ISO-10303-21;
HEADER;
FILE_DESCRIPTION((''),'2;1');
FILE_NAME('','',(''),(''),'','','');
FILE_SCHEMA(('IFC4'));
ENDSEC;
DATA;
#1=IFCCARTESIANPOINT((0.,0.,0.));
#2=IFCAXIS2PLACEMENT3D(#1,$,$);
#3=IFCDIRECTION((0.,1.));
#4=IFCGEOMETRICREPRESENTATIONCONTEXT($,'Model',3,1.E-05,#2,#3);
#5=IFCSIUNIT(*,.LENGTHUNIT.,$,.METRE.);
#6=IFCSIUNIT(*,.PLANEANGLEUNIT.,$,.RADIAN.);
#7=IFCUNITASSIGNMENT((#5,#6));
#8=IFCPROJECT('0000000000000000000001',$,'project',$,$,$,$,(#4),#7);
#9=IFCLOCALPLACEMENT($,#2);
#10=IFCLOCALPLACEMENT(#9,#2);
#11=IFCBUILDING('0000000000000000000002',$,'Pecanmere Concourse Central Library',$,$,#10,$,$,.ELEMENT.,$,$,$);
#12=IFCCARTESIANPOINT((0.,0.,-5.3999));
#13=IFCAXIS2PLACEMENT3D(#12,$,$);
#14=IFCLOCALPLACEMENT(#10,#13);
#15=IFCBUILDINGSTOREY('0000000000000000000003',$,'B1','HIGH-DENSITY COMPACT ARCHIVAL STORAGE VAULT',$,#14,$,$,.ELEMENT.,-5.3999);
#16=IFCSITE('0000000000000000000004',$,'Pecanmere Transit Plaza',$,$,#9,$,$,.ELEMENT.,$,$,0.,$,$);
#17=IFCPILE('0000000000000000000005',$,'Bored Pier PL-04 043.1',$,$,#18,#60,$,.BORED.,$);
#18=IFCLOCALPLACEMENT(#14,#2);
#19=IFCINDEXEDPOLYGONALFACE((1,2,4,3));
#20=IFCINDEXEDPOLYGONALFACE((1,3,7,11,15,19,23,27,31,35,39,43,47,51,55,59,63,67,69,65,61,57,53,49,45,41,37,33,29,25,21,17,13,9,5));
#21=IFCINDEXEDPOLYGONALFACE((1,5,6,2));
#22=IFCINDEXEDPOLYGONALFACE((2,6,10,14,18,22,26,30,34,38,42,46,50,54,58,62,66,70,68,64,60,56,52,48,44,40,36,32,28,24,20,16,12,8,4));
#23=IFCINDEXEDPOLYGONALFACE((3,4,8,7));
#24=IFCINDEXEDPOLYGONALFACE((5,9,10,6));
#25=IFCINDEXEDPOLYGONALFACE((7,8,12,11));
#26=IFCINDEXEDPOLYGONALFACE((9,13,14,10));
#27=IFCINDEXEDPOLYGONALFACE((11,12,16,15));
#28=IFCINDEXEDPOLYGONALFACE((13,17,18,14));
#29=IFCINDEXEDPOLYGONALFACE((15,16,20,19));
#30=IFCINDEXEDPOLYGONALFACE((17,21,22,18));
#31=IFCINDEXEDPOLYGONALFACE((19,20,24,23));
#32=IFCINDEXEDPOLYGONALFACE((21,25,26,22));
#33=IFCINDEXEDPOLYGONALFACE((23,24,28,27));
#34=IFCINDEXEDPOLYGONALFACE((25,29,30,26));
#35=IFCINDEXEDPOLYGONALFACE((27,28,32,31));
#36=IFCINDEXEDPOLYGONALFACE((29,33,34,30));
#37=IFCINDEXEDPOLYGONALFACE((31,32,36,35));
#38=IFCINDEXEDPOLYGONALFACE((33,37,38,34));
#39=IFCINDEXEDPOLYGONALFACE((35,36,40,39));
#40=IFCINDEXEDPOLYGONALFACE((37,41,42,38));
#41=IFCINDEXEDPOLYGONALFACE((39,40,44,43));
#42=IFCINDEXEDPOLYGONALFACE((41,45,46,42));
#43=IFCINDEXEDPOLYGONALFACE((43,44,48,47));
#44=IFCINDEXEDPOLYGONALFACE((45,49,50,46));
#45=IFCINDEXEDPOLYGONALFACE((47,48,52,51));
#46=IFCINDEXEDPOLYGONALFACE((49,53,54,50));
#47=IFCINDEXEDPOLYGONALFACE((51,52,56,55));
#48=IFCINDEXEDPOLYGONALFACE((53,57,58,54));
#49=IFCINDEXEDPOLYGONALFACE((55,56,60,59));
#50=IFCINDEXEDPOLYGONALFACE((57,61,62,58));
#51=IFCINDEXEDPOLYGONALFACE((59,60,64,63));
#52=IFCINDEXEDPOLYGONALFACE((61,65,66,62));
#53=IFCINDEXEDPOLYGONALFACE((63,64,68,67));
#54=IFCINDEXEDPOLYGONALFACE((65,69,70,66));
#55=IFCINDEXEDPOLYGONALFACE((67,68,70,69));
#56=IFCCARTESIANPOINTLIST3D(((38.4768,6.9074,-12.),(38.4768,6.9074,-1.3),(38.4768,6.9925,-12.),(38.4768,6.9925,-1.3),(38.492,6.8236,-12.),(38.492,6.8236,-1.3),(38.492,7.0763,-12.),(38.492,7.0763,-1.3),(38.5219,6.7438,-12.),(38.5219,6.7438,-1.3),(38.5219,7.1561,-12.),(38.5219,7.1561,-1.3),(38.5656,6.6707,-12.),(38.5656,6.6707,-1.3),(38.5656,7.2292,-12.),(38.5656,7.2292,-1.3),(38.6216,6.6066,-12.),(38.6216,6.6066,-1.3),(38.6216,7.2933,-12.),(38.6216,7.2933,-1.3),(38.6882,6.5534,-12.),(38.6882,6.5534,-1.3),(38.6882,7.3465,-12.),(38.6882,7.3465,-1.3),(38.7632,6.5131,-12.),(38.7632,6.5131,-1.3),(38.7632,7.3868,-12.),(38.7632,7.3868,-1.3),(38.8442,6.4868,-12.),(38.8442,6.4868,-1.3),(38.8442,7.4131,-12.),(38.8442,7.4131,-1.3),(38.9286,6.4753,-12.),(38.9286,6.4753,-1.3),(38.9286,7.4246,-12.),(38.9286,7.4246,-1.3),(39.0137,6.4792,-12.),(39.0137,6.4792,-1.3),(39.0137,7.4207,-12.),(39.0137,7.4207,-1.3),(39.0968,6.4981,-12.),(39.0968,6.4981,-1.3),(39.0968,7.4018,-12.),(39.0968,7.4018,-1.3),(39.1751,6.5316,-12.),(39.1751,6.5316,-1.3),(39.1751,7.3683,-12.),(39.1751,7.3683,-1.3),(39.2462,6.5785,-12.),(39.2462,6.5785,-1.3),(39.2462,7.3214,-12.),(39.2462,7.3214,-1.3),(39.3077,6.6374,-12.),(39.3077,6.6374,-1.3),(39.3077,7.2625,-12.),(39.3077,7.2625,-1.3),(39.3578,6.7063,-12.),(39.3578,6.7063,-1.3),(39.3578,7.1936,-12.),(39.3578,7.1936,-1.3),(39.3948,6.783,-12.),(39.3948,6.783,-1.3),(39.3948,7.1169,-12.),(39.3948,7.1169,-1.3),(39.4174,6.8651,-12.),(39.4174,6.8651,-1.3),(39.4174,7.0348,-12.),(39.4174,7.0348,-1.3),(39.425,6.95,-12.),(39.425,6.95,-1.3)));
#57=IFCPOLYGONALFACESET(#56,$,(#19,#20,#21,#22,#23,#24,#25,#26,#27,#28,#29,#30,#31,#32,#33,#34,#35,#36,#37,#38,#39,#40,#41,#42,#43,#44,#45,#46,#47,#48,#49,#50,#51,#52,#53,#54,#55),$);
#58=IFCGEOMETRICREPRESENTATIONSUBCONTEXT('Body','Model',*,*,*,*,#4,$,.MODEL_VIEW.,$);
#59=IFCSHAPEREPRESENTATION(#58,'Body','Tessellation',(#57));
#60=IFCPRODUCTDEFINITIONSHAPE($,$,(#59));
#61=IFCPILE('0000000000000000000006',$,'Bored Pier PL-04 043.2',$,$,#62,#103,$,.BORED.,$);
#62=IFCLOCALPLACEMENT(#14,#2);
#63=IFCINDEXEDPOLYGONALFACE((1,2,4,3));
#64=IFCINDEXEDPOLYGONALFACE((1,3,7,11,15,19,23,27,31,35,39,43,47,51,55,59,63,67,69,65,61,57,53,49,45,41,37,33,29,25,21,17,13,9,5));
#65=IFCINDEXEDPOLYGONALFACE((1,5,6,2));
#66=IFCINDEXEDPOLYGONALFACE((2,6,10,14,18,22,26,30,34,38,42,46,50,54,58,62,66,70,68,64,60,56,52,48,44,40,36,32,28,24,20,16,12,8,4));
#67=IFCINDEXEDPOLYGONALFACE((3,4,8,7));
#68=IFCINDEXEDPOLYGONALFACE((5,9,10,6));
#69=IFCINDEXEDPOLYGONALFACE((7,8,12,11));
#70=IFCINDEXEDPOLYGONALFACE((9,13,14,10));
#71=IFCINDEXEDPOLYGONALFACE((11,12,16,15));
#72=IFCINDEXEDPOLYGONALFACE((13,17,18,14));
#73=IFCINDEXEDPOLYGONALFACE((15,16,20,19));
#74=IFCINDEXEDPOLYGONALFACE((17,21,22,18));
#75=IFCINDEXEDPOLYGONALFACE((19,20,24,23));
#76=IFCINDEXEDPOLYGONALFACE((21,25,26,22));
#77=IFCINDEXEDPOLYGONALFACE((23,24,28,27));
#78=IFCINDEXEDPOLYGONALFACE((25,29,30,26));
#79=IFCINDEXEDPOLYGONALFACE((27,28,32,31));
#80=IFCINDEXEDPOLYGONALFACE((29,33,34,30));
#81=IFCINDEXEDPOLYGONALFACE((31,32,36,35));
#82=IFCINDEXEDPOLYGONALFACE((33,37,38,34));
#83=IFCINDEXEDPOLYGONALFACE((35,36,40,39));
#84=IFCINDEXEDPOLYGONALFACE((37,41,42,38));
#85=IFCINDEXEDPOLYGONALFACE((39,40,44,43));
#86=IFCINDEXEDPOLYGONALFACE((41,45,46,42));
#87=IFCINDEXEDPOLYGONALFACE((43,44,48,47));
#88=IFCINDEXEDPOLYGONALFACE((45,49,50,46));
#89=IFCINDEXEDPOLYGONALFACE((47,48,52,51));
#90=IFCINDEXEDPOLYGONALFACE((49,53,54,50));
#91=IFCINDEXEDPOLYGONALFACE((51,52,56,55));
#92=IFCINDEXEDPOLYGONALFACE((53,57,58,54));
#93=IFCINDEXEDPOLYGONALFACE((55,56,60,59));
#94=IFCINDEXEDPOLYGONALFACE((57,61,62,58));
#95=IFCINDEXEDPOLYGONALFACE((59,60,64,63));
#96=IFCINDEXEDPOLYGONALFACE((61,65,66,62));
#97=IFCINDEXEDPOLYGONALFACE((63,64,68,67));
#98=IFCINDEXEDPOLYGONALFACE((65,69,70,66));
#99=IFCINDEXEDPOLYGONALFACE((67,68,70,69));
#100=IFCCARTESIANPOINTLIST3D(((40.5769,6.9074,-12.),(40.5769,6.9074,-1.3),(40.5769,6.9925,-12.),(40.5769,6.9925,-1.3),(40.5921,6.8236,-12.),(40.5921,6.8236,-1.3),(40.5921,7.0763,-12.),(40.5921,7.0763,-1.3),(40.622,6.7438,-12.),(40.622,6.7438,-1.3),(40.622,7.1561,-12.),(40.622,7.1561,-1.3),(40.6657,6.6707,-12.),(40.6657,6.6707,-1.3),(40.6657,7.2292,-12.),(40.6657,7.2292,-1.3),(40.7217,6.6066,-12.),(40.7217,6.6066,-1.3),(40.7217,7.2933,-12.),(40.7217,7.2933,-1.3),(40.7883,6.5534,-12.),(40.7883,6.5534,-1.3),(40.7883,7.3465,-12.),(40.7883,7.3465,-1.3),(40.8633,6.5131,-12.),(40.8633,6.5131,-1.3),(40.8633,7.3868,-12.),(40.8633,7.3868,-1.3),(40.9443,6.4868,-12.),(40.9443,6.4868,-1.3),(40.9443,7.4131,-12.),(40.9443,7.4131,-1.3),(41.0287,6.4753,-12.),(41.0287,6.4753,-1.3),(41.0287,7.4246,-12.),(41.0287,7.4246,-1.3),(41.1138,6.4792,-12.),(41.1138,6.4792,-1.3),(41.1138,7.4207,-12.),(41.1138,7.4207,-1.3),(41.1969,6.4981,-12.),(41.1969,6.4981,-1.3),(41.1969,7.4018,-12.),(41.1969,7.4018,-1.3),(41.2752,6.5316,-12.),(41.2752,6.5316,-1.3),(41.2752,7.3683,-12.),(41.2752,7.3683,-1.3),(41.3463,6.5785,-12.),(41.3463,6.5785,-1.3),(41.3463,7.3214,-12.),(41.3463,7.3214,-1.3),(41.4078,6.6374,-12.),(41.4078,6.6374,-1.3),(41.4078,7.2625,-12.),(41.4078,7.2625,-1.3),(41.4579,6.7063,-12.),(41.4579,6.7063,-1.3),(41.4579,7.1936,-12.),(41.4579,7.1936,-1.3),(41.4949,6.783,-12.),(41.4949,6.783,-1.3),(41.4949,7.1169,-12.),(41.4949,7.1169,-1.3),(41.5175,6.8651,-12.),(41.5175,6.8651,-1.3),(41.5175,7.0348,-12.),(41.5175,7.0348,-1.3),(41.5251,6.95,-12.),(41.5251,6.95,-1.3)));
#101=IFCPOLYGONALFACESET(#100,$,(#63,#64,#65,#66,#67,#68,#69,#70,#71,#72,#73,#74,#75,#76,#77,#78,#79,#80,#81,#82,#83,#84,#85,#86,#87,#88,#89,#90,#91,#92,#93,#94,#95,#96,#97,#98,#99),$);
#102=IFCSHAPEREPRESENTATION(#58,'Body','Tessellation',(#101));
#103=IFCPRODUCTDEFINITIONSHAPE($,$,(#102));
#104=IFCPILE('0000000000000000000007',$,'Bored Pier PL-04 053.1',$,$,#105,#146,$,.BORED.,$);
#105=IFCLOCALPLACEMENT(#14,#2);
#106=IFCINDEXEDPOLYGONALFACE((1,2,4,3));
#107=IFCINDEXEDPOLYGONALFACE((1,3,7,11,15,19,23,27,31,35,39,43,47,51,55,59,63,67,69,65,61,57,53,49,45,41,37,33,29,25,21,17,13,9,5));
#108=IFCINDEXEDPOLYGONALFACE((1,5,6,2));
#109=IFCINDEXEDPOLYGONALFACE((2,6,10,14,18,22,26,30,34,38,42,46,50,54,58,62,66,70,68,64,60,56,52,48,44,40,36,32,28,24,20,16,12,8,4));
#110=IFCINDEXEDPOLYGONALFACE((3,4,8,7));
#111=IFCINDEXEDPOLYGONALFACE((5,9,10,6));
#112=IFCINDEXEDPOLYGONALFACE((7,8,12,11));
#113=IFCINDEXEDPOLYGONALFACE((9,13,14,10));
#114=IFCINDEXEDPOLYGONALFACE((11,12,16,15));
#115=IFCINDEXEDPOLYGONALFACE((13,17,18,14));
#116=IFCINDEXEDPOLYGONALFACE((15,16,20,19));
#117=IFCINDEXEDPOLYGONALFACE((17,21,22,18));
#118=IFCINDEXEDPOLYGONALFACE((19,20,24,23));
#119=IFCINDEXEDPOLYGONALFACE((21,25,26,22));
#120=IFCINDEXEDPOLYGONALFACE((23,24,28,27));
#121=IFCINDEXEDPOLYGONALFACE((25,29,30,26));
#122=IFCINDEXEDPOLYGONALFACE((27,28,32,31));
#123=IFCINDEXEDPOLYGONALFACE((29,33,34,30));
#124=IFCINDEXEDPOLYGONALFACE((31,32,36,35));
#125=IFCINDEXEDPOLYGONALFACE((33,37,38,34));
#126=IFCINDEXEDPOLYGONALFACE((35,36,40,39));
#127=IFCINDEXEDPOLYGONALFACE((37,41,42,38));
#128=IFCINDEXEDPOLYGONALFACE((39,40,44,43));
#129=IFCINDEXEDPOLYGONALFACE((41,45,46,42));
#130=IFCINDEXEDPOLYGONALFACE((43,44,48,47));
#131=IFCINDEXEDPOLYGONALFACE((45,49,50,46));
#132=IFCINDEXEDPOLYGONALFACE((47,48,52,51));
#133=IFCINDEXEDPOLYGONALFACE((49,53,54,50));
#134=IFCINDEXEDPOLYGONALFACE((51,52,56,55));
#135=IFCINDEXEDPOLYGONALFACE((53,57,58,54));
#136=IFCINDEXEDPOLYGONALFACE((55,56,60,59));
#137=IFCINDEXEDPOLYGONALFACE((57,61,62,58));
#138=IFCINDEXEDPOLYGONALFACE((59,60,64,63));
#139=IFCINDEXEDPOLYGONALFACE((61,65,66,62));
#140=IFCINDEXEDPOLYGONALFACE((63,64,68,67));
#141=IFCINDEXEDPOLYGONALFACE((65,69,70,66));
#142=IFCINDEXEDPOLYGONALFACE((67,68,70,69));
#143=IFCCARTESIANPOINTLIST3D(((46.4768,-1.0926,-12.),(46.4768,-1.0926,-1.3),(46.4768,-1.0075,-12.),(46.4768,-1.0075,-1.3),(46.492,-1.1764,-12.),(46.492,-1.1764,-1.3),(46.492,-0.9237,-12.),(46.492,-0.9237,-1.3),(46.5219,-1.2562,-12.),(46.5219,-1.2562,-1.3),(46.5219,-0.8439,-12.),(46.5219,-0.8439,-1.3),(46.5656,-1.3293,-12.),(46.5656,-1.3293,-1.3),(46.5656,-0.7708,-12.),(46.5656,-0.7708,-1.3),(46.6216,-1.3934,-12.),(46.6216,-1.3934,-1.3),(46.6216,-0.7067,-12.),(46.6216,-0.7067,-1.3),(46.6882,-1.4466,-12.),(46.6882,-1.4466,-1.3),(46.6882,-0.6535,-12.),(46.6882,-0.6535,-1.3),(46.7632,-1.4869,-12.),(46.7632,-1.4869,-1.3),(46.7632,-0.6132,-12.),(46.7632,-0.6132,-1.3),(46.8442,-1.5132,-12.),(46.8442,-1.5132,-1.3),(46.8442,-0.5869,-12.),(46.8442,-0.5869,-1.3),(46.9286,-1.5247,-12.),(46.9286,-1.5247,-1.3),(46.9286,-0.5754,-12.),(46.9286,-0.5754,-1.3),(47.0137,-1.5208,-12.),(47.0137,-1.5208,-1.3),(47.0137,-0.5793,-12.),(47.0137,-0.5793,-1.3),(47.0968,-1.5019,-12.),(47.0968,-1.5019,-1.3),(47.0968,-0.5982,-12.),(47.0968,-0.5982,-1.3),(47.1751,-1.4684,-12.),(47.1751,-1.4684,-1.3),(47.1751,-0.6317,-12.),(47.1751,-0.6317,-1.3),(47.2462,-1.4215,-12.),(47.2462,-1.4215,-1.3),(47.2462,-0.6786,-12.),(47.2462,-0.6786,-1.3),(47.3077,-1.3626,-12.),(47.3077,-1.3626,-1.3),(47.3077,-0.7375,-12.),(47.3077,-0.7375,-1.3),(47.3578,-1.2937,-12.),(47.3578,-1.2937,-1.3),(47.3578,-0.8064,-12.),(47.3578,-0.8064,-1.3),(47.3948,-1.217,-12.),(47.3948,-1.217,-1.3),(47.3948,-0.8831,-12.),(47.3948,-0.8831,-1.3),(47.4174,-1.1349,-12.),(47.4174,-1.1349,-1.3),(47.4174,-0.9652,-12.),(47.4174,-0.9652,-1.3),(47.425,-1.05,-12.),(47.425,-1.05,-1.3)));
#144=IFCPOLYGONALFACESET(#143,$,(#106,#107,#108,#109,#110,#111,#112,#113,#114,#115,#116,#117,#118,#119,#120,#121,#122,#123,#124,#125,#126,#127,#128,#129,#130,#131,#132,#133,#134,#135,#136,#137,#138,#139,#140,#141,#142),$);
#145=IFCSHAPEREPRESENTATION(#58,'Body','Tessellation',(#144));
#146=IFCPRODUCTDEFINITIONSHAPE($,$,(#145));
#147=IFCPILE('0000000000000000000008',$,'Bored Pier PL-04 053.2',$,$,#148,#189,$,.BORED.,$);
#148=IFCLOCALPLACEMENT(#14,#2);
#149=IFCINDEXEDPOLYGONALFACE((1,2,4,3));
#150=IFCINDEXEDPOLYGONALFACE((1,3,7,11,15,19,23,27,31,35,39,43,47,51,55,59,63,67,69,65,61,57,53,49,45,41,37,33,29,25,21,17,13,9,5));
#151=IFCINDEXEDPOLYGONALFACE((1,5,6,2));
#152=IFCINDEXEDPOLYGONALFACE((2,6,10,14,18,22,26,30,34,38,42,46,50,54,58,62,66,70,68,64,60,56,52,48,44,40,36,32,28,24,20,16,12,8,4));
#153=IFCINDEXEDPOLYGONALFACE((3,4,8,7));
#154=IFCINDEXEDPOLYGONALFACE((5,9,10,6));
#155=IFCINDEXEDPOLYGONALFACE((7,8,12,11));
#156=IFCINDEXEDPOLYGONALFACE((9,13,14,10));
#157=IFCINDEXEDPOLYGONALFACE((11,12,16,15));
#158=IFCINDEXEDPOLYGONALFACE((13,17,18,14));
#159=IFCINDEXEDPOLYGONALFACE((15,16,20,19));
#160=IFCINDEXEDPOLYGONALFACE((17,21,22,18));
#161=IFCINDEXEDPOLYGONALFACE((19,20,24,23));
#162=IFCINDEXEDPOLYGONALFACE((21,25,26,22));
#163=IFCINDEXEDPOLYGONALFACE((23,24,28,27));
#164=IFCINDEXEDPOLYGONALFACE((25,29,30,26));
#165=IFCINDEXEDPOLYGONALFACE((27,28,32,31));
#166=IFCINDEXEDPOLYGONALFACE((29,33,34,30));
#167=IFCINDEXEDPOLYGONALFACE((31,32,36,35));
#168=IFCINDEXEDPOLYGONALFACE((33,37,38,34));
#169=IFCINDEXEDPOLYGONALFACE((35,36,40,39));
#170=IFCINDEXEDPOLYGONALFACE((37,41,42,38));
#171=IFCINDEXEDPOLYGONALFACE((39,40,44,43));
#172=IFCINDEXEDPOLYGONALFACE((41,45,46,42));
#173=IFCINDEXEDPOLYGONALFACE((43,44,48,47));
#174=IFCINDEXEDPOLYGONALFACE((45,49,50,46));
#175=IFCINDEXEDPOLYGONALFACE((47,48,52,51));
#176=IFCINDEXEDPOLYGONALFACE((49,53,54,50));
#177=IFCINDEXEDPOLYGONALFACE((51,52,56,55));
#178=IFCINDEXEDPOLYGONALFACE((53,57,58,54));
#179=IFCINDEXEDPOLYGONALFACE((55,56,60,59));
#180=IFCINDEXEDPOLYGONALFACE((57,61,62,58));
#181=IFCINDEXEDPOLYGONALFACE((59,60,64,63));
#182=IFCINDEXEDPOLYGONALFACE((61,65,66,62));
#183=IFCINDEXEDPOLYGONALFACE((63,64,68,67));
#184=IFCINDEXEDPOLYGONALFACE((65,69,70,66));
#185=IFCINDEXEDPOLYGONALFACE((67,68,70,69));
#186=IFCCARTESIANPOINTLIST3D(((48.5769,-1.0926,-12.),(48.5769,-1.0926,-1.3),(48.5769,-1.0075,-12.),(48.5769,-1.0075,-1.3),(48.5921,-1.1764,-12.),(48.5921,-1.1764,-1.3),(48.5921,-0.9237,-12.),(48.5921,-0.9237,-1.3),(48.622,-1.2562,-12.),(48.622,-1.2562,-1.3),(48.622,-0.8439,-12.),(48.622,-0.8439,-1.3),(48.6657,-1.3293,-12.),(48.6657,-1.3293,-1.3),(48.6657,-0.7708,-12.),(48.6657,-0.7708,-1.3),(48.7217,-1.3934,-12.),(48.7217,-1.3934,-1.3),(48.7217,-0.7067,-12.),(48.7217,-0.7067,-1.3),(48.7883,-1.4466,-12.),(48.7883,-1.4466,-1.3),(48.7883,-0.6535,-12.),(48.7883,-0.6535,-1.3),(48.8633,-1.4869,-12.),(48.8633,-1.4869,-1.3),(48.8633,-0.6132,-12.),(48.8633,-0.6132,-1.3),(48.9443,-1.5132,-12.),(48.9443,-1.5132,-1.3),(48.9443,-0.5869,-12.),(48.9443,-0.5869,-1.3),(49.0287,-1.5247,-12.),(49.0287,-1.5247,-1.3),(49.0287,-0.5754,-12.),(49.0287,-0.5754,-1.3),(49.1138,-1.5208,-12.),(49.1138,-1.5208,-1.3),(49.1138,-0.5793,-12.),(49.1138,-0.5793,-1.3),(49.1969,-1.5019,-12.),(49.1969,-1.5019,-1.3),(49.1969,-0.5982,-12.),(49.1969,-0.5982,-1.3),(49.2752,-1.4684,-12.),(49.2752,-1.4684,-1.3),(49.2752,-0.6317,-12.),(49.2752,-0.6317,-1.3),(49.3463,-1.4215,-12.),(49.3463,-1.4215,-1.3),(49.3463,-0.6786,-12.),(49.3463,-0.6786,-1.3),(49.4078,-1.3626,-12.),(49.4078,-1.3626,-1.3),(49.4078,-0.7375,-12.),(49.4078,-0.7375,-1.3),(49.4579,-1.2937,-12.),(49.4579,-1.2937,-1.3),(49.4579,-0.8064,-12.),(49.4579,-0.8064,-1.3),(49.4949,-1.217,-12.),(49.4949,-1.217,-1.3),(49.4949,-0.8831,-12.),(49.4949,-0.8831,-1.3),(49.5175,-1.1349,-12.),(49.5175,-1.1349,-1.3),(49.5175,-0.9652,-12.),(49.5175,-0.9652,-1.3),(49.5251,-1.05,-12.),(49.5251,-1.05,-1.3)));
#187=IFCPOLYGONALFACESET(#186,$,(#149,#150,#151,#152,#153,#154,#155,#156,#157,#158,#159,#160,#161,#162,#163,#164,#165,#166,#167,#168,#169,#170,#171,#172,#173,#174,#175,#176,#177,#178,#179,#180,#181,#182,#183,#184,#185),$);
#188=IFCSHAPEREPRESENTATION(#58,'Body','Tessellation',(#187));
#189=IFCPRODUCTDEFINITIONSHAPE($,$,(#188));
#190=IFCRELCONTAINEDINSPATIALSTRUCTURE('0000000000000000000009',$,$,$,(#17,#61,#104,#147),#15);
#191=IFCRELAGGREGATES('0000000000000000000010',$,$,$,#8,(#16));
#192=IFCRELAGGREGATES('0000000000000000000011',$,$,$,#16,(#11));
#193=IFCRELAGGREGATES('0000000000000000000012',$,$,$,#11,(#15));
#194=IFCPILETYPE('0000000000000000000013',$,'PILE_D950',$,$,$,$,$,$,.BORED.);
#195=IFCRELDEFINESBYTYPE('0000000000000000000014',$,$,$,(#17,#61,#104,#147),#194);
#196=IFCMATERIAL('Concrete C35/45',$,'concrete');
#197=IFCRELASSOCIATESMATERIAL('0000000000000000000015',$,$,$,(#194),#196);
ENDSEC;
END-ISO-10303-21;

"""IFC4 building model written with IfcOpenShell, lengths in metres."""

from ifc_helpers import new_model, si_unit, direction, frame, origin, origin_2d, place, context, subcontext, project, spatial, circle, extrude, material, material_profile, profile_set, type_object, element, save


model = new_model("IFC4")

# Units and contexts
model_context = context("Model", 3, precision=1e-05, world=origin(), true_north=direction((0.0, 1.0)))
body_context = subcontext(model_context, "Body", "Model", "MODEL_VIEW")
ifc_project = project(units=[si_unit("LENGTHUNIT", "METRE"), si_unit("PLANEANGLEUNIT", "RADIAN")], contexts=[model_context])

# Site, building, storey
site_placement = place(None, origin())
site = spatial("IfcSite", under=ifc_project, at=site_placement, Name="Pecanmere Transit Plaza", CompositionType="ELEMENT", RefElevation=0.0)
building_placement = place(site_placement, origin())
building = spatial("IfcBuilding", under=site, at=building_placement, Name="Pecanmere Concourse Central Library", CompositionType="ELEMENT")
storey_placement = place(building_placement, frame((0.0, 0.0, -5.3999)))
storey = spatial("IfcBuildingStorey", under=building, at=storey_placement, Name="B1", Description="HIGH-DENSITY COMPACT ARCHIVAL STORAGE VAULT", CompositionType="ELEMENT", Elevation=-5.3999)

# Piles
ifc_material_1 = material(Name="Concrete C35/45", Category="concrete")
ifc_material_profile_1 = material_profile(ifc_material_1, circle(Radius=0.4751, at=origin_2d()), Name="PIER D950")
ifc_profile_set_1 = profile_set([ifc_material_profile_1], Name="Concrete C35/45")
pile_type = type_object("IfcPileType", Name="PILE_D950", PredefinedType="BORED", material=ifc_profile_set_1)
for number, where, z_axis, x_axis, name in (
    (1, (38.95, 6.95, -1.3), (0.0, 0.0, -1.0), (1.0, 0.0, 0.0), "Bored Pier PL-04 043.1"),
    (2, (41.05, 6.95, -1.3), (0.0, 0.0, -1.0), (1.0, 0.0, 0.0), "Bored Pier PL-04 043.2"),
    (3, (46.95, -1.05, -1.3), (0.0, 0.0, -1.0), (1.0, 0.0, 0.0), "Bored Pier PL-04 053.1"),
    (4, (49.05, -1.05, -1.3), (0.0, 0.0, -1.0), (1.0, 0.0, 0.0), "Bored Pier PL-04 053.2"),
):
    element("IfcPile", number, at=place(storey_placement, frame(where, z_axis=z_axis, x_axis=x_axis)), inside=storey, type_object=pile_type, Name=name, PredefinedType="BORED", context=body_context, shape_type="SweptSolid", body=[
        extrude(circle(Radius=0.4751, at=origin_2d()), origin(), (0.0, 0.0, 1.0), 10.7),
    ])

save(model, "model.ifc")
